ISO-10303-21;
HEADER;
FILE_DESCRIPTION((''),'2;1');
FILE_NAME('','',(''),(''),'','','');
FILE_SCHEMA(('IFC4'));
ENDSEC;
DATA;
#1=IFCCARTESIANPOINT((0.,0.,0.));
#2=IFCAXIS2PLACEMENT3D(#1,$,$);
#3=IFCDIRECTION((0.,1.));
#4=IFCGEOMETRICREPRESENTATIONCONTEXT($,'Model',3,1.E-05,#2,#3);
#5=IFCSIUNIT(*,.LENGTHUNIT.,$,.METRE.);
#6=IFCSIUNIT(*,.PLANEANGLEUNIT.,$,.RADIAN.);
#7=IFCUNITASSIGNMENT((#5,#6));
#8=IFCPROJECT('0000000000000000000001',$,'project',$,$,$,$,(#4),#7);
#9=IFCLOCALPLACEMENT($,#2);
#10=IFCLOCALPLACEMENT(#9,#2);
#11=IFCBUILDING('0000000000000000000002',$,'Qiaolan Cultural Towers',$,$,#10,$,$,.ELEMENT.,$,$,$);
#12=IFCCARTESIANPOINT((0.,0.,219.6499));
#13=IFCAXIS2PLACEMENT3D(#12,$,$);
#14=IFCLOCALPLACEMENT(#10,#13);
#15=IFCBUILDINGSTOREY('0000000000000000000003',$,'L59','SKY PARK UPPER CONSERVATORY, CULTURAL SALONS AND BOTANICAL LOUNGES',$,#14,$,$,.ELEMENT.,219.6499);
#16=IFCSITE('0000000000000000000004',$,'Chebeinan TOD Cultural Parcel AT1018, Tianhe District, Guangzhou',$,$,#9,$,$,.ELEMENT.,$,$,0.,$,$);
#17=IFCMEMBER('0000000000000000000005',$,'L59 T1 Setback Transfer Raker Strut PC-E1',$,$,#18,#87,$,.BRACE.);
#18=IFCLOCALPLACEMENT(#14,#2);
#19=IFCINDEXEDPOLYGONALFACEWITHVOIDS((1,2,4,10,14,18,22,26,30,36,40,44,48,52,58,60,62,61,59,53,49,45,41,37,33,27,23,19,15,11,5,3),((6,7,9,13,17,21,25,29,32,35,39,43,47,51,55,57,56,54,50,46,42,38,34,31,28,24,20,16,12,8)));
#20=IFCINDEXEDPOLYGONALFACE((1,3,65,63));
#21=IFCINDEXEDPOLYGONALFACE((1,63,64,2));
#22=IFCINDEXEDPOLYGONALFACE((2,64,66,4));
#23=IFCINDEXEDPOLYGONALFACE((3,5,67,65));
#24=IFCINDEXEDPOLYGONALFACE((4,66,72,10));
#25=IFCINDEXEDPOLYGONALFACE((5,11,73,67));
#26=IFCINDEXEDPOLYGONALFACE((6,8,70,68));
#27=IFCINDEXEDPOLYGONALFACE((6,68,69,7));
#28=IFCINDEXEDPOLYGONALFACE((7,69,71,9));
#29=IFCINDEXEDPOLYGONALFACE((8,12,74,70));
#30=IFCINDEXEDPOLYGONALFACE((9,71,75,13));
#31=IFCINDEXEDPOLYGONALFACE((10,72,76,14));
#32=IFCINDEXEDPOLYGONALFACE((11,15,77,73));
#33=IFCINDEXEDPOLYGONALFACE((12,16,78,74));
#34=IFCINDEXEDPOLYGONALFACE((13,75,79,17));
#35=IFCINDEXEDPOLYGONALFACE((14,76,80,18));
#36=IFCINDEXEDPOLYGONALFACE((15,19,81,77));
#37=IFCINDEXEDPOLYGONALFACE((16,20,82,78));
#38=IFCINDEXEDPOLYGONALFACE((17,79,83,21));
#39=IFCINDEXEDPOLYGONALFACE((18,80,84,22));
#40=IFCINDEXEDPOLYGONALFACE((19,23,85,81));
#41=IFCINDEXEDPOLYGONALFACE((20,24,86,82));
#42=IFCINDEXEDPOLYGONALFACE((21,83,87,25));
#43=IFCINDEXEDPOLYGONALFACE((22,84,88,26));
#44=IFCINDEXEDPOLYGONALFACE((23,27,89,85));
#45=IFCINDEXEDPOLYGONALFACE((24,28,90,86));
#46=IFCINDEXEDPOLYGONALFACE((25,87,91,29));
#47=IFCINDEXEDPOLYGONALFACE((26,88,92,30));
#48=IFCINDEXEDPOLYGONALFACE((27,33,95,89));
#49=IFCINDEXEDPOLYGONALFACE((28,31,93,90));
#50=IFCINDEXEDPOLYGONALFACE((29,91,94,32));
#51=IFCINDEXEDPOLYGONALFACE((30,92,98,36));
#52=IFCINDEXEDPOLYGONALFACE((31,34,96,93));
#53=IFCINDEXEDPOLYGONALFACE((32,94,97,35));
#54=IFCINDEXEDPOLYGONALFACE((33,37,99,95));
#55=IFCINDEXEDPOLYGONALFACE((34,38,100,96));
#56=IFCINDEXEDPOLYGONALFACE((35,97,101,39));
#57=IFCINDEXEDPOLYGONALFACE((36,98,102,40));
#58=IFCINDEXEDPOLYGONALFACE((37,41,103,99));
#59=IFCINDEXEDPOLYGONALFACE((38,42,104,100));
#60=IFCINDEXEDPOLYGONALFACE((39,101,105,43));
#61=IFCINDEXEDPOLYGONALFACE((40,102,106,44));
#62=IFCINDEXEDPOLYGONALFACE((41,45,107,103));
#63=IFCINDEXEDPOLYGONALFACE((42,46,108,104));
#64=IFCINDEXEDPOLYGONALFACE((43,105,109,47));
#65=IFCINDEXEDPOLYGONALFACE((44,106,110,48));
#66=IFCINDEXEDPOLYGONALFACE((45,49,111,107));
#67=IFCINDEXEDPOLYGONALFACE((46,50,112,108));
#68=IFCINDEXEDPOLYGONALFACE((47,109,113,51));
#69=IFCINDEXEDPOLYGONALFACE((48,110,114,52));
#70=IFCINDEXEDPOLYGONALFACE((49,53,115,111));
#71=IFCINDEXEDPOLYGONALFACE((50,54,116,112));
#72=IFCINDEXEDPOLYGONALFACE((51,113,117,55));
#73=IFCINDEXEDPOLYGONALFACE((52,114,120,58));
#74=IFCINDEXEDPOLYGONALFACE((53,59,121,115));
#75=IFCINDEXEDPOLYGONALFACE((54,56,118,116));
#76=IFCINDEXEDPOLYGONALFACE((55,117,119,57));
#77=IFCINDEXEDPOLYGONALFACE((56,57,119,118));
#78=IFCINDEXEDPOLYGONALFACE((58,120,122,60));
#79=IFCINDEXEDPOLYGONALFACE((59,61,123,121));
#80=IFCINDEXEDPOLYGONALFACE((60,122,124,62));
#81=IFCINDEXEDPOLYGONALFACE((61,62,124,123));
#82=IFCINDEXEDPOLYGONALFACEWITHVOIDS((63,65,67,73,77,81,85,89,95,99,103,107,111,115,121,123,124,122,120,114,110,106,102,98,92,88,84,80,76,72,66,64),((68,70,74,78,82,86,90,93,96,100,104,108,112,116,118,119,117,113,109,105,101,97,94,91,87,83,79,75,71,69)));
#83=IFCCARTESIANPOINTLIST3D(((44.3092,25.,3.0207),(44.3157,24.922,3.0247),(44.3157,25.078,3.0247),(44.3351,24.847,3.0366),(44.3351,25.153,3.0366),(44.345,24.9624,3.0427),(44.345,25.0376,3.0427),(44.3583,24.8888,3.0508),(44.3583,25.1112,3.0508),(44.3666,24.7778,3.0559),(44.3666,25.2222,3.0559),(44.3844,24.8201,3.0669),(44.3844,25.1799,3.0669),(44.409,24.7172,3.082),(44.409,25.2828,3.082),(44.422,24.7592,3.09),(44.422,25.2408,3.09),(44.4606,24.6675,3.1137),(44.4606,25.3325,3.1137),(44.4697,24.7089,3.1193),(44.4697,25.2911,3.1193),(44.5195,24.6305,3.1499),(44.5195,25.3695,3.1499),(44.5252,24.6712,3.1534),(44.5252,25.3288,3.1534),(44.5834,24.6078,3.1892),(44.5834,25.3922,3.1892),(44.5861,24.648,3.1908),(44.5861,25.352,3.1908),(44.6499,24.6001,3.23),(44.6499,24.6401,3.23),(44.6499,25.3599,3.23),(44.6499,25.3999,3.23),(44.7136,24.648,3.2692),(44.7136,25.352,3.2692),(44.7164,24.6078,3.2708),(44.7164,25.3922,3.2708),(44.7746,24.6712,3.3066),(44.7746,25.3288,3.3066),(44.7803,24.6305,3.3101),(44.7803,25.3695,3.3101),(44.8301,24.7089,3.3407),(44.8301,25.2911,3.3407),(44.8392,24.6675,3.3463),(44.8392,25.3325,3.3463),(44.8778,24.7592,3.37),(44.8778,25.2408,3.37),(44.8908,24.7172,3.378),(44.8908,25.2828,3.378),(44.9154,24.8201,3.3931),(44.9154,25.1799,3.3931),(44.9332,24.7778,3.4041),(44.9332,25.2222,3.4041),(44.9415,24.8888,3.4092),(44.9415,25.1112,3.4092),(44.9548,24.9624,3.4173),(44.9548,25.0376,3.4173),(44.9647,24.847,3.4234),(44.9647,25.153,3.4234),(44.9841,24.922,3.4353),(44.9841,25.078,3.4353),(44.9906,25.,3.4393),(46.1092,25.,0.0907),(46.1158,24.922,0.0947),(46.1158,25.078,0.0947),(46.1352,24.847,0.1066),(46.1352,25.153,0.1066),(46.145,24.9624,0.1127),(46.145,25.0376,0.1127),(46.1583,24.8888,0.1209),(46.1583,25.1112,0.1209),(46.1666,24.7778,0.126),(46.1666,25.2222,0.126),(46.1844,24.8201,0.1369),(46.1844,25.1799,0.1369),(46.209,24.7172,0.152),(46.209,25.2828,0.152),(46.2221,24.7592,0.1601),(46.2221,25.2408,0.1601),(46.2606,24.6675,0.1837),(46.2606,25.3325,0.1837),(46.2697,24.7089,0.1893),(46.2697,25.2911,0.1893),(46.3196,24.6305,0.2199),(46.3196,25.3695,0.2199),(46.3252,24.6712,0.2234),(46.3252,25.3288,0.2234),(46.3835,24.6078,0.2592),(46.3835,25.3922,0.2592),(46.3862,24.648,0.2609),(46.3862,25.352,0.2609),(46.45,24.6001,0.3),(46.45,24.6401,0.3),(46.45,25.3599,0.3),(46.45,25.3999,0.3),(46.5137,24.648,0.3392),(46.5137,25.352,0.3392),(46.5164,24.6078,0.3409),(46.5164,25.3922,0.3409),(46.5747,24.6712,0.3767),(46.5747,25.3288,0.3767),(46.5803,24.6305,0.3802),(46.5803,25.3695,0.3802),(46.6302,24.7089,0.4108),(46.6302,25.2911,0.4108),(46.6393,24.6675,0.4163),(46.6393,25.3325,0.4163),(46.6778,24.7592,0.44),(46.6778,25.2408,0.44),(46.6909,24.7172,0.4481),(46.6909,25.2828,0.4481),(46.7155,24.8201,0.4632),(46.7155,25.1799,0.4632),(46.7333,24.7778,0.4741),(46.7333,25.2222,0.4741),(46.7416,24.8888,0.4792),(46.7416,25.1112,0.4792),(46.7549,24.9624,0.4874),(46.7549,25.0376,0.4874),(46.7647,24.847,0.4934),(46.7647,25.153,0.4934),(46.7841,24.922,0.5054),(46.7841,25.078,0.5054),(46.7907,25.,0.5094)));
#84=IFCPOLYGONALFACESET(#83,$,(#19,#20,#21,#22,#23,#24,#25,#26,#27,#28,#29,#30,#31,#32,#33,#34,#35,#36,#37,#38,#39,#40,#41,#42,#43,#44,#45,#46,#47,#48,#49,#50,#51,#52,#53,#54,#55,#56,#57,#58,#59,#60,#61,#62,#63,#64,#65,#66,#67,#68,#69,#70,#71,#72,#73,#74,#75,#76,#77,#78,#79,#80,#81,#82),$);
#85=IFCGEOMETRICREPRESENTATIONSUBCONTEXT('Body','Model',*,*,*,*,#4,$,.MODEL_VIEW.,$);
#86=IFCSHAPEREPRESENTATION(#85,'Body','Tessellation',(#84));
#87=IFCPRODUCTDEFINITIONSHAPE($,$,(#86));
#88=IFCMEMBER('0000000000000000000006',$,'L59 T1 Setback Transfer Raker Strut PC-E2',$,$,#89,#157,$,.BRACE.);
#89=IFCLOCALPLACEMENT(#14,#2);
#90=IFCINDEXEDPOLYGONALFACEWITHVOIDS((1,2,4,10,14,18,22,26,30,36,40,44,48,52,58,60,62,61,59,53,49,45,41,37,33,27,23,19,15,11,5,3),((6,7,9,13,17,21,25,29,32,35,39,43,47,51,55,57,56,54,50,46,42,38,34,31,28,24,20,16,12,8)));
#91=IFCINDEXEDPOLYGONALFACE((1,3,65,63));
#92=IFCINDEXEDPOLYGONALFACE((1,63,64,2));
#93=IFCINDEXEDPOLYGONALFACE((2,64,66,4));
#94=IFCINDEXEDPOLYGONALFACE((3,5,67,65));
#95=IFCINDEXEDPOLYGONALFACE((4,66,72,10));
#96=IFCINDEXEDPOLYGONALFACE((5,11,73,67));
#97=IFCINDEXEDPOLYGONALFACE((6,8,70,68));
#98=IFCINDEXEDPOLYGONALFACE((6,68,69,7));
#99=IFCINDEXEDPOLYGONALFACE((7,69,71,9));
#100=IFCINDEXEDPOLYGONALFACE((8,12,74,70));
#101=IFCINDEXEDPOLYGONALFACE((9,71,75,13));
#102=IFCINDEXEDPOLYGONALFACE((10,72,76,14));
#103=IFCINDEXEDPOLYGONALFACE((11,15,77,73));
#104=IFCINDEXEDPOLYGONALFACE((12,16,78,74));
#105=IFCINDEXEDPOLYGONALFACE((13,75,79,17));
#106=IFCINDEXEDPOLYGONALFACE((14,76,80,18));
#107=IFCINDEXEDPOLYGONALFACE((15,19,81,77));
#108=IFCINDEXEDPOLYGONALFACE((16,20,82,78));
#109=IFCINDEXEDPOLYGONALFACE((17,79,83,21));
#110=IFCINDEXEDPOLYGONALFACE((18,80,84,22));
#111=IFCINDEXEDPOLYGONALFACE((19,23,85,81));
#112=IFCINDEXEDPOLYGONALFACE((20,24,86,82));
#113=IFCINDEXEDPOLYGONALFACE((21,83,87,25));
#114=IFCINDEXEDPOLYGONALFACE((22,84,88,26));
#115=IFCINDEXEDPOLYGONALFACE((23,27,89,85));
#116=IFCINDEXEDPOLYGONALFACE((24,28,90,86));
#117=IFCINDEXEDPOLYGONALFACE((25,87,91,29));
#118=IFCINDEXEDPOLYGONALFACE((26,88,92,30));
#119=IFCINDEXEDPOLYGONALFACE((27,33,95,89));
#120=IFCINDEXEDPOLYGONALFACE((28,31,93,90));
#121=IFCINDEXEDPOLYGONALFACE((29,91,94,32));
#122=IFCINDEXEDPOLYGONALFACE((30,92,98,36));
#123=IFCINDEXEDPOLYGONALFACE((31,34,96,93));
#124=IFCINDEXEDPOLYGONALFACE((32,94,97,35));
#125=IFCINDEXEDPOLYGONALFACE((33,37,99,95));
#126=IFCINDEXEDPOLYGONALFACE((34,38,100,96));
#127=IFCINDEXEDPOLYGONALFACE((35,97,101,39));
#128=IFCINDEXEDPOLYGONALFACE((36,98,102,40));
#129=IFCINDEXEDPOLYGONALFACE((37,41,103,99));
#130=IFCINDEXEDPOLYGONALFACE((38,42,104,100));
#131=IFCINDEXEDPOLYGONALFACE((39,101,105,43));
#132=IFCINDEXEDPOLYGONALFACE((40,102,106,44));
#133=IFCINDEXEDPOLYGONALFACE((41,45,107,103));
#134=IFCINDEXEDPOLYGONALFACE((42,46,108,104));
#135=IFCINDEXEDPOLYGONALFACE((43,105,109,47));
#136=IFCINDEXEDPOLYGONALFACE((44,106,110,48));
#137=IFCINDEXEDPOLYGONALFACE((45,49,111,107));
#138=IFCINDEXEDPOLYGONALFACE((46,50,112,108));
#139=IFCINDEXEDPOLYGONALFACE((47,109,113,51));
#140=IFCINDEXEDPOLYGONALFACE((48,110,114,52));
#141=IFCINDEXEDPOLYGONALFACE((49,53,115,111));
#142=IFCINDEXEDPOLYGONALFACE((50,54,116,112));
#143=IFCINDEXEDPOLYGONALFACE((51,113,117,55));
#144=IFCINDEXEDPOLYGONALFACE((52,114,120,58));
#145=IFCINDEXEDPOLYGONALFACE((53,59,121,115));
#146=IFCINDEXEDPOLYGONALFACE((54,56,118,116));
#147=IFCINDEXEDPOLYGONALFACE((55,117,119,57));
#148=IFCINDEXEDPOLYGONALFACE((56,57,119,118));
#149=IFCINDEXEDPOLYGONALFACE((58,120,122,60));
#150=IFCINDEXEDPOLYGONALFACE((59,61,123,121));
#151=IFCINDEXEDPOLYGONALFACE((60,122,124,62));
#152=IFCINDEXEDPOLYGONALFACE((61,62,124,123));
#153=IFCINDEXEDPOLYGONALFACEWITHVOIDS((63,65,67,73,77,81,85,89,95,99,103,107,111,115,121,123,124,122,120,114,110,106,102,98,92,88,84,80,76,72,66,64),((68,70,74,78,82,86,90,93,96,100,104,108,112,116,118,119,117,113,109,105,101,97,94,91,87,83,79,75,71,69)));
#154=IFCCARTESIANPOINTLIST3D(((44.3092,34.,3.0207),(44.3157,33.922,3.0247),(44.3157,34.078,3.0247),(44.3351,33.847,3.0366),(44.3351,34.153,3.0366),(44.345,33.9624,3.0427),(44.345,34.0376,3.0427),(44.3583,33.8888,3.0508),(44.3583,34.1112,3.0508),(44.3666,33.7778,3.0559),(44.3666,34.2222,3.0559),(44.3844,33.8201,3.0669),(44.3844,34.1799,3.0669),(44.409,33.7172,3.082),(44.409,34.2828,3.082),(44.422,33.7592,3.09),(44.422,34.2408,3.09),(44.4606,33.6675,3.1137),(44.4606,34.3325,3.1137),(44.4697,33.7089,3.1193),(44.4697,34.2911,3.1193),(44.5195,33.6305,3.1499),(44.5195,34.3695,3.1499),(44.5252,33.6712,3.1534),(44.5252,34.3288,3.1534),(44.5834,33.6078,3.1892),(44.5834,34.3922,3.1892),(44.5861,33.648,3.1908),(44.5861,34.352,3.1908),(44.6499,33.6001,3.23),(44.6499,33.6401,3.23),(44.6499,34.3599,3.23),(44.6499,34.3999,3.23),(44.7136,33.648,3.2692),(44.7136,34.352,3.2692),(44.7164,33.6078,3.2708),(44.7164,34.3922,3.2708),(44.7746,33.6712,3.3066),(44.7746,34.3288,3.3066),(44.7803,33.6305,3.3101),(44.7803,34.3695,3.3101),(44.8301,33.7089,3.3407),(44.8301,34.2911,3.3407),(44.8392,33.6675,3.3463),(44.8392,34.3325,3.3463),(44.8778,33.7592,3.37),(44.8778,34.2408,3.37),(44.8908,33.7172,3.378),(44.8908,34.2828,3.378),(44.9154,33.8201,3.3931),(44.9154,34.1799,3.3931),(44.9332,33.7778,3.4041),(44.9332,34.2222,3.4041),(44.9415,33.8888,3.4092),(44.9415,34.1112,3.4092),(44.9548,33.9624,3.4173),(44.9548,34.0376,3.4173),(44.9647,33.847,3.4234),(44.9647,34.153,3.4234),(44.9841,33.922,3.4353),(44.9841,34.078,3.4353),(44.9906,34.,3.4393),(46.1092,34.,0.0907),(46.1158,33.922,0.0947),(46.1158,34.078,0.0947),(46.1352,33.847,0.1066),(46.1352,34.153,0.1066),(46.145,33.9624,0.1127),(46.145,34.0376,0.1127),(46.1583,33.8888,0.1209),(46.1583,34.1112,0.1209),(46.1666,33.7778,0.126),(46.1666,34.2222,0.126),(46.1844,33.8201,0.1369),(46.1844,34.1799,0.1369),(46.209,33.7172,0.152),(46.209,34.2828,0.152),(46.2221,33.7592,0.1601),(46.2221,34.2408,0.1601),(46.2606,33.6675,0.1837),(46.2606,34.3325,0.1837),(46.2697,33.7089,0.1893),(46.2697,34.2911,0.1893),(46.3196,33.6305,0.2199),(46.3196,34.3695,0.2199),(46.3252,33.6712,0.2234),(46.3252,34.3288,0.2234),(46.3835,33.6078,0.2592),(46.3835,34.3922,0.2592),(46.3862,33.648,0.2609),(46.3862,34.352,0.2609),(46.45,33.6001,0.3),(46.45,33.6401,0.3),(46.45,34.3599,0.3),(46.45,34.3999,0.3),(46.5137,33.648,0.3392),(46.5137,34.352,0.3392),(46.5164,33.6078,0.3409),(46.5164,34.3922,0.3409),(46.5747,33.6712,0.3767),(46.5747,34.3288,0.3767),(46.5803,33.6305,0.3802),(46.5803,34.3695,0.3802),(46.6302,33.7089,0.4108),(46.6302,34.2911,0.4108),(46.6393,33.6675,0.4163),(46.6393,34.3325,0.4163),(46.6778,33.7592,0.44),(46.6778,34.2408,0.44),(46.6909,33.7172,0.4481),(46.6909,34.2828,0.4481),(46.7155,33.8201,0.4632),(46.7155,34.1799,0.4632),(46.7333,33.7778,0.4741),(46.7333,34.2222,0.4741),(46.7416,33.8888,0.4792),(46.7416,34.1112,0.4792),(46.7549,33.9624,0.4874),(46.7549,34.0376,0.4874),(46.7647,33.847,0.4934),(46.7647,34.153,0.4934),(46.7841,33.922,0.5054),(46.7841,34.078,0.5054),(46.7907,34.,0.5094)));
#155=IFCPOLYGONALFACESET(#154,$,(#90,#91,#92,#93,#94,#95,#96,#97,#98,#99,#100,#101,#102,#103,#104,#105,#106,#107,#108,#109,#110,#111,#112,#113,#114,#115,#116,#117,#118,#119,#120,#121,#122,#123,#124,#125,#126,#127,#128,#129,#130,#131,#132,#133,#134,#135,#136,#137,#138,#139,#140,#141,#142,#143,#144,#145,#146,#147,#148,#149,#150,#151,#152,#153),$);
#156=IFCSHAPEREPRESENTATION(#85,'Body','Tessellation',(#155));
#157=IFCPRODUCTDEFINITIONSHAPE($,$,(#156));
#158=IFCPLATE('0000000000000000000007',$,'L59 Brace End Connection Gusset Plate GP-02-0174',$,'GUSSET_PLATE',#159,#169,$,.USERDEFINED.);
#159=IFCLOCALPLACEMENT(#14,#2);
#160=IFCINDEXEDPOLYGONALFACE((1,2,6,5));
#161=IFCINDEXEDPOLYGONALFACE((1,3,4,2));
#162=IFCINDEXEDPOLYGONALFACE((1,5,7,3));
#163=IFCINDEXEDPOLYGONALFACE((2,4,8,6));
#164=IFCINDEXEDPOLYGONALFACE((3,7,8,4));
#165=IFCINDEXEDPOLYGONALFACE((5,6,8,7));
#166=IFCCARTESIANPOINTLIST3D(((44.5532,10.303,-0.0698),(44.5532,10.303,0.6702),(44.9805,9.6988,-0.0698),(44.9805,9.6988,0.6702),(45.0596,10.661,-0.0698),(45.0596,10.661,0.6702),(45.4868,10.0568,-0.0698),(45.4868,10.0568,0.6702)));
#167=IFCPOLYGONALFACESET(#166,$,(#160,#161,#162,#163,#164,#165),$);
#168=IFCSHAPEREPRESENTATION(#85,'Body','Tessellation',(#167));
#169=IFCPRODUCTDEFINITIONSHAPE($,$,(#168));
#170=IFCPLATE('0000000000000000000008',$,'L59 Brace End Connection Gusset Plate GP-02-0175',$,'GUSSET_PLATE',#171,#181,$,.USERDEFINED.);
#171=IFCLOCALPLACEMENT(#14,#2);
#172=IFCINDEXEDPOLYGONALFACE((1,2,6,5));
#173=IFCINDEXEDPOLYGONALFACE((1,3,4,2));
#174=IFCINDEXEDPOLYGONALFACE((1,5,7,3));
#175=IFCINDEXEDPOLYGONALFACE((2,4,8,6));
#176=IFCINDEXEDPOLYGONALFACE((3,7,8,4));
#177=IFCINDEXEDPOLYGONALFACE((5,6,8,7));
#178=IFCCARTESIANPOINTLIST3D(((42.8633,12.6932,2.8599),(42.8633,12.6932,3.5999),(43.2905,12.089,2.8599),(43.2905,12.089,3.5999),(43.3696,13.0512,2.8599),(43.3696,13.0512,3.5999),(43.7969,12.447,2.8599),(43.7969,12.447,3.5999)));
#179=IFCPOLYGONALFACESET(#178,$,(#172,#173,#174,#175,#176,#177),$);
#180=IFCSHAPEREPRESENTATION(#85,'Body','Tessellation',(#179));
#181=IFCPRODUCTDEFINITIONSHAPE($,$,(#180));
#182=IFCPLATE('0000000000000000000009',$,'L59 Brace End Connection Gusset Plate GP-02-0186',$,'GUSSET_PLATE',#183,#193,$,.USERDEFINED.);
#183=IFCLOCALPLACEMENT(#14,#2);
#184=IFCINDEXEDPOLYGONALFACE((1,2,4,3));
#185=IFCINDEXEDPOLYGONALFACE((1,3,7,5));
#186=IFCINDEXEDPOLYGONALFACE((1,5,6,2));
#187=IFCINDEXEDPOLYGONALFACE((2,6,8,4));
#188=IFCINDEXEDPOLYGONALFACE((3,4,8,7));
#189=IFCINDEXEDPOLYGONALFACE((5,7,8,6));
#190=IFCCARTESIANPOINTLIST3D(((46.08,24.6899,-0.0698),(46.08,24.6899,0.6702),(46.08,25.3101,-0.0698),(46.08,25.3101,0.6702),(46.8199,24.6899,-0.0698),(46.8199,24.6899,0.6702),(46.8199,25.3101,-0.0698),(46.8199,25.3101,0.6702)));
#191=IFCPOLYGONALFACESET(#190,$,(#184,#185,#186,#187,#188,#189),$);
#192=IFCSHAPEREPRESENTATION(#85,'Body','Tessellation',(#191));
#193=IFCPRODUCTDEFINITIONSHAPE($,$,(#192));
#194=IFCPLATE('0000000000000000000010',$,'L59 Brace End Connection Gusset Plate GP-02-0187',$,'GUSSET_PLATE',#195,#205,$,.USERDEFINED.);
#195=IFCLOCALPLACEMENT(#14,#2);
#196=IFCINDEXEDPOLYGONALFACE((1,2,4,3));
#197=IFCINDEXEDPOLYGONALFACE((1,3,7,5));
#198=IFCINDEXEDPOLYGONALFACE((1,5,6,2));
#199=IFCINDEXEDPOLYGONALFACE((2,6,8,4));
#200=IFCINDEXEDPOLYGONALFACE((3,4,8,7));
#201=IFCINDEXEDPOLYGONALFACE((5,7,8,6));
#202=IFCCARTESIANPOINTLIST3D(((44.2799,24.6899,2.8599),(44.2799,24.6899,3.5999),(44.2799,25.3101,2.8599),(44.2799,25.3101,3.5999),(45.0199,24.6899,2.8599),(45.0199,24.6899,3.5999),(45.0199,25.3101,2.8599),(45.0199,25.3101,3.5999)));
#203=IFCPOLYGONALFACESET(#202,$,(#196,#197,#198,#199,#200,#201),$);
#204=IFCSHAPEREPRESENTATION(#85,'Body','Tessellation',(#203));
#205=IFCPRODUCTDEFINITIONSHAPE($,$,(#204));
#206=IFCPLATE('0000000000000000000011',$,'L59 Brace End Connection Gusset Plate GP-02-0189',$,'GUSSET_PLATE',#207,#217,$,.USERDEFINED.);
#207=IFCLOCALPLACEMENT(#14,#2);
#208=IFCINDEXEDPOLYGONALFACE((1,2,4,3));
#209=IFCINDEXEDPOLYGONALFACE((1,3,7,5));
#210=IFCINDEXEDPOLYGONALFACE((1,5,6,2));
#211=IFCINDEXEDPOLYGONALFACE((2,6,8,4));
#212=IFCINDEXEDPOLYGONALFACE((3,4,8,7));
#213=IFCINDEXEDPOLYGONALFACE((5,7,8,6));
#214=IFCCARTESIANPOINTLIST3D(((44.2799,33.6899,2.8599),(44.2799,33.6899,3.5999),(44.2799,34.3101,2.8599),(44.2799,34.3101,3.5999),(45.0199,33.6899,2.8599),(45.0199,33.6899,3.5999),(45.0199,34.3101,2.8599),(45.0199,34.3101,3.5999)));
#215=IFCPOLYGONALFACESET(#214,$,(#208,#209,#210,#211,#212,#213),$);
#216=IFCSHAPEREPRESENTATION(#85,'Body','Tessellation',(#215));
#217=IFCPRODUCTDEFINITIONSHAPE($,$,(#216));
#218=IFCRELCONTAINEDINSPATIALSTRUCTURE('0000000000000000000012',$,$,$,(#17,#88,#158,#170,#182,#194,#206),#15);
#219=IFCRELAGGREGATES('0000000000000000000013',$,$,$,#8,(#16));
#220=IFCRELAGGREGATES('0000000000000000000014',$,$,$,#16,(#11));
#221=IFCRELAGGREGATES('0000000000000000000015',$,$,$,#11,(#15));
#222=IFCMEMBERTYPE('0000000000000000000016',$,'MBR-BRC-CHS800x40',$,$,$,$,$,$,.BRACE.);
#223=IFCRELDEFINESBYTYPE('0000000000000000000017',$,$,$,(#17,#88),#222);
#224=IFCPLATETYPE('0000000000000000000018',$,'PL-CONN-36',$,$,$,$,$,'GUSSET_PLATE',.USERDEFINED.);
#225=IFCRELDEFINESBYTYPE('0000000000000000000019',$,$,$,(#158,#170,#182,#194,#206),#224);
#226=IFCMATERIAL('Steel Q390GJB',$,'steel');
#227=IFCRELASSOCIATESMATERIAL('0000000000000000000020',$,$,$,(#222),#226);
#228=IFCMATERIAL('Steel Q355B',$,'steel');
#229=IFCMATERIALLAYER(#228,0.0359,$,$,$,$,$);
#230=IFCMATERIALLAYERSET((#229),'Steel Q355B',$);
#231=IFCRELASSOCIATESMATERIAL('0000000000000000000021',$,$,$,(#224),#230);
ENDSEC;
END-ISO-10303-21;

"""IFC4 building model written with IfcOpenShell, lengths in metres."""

from ifc_helpers import new_model, si_unit, direction, frame, origin, origin_2d, place, context, subcontext, project, spatial, rectangle, hollow_circle, extrude, material, layer, layer_set, material_profile, profile_set, type_object, element, save


model = new_model("IFC4")

# Units and contexts
model_context = context("Model", 3, precision=1e-05, world=origin(), true_north=direction((0.0, 1.0)))
body_context = subcontext(model_context, "Body", "Model", "MODEL_VIEW")
ifc_project = project(units=[si_unit("LENGTHUNIT", "METRE"), si_unit("PLANEANGLEUNIT", "RADIAN")], contexts=[model_context])

# Site, building, storey
site_placement = place(None, origin())
site = spatial("IfcSite", under=ifc_project, at=site_placement, Name="Chebeinan TOD Cultural Parcel AT1018, Tianhe District, Guangzhou", CompositionType="ELEMENT", RefElevation=0.0)
building_placement = place(site_placement, origin())
building = spatial("IfcBuilding", under=site, at=building_placement, Name="Qiaolan Cultural Towers", CompositionType="ELEMENT")
storey_placement = place(building_placement, frame((0.0, 0.0, 219.6499)))
storey = spatial("IfcBuildingStorey", under=building, at=storey_placement, Name="L59", Description="SKY PARK UPPER CONSERVATORY, CULTURAL SALONS AND BOTANICAL LOUNGES", CompositionType="ELEMENT", Elevation=219.6499)

# Members
ifc_material_1 = material(Name="Steel Q390GJB", Category="steel")
ifc_material_profile_1 = material_profile(ifc_material_1, hollow_circle(Radius=0.3999, WallThickness=0.04, at=origin_2d()), Name="CHS800x40")
ifc_profile_set_1 = profile_set([ifc_material_profile_1], Name="Steel Q390GJB")
member_type = type_object("IfcMemberType", Name="MBR-BRC-CHS800x40", PredefinedType="BRACE", material=ifc_profile_set_1)
for number, where, z_axis, x_axis, name in (
    (1, (46.45, 25.0, 0.3), (-0.523467, 0.0, 0.852046), (0.0, -1.0, 0.0), "L59 T1 Setback Transfer Raker Strut PC-E1"),
    (2, (46.45, 34.0, 0.3), (-0.523467, 0.0, 0.852046), (0.0, -1.0, 0.0), "L59 T1 Setback Transfer Raker Strut PC-E2"),
):
    element("IfcMember", number, at=place(storey_placement, frame(where, z_axis=z_axis, x_axis=x_axis)), inside=storey, type_object=member_type, Name=name, PredefinedType="BRACE", context=body_context, shape_type="SweptSolid", body=[
        extrude(hollow_circle(Radius=0.3999, WallThickness=0.04, at=origin_2d()), origin(), (0.0, 0.0, 1.0), 3.4387),
    ])

# Plates
ifc_material_2 = material(Name="Steel Q355B", Category="steel")
ifc_layer_1 = layer(ifc_material_2, 0.0359)
ifc_layer_set_1 = layer_set([ifc_layer_1], Name="Steel Q355B")
plate_type_1 = type_object("IfcPlateType", Name="PL-CONN-36", ElementType="GUSSET_PLATE", PredefinedType="USERDEFINED", material=ifc_layer_set_1)
for number, where, z_axis, x_axis, name in (
    (3, (45.02, 10.1799, -0.0698), (0.0, 0.0, 1.0), (-0.577354, 0.816494, 0.0), "L59 Brace End Connection Gusset Plate GP-02-0174"),
    (4, (43.3301, 12.5701, 2.8599), (0.0, 0.0, 1.0), (-0.577354, 0.816494, 0.0), "L59 Brace End Connection Gusset Plate GP-02-0175"),
    (5, (46.45, 25.0, -0.0698), (0.0, 0.0, 1.0), (1.0, 0.0, 0.0), "L59 Brace End Connection Gusset Plate GP-02-0186"),
    (6, (44.6499, 25.0, 2.8599), (0.0, 0.0, 1.0), (1.0, 0.0, 0.0), "L59 Brace End Connection Gusset Plate GP-02-0187"),
    (7, (44.6499, 34.0, 2.8599), (0.0, 0.0, 1.0), (1.0, 0.0, 0.0), "L59 Brace End Connection Gusset Plate GP-02-0189"),
):
    element("IfcPlate", number, at=place(storey_placement, frame(where, z_axis=z_axis, x_axis=x_axis)), inside=storey, type_object=plate_type_1, Name=name, ObjectType="GUSSET_PLATE", PredefinedType="USERDEFINED", context=body_context, shape_type="SweptSolid", body=[
        extrude(rectangle(XDim=0.74, YDim=0.6201, at=origin_2d()), origin(), (0.0, 0.0, 1.0), 0.74),
    ])

save(model, "model.ifc")
